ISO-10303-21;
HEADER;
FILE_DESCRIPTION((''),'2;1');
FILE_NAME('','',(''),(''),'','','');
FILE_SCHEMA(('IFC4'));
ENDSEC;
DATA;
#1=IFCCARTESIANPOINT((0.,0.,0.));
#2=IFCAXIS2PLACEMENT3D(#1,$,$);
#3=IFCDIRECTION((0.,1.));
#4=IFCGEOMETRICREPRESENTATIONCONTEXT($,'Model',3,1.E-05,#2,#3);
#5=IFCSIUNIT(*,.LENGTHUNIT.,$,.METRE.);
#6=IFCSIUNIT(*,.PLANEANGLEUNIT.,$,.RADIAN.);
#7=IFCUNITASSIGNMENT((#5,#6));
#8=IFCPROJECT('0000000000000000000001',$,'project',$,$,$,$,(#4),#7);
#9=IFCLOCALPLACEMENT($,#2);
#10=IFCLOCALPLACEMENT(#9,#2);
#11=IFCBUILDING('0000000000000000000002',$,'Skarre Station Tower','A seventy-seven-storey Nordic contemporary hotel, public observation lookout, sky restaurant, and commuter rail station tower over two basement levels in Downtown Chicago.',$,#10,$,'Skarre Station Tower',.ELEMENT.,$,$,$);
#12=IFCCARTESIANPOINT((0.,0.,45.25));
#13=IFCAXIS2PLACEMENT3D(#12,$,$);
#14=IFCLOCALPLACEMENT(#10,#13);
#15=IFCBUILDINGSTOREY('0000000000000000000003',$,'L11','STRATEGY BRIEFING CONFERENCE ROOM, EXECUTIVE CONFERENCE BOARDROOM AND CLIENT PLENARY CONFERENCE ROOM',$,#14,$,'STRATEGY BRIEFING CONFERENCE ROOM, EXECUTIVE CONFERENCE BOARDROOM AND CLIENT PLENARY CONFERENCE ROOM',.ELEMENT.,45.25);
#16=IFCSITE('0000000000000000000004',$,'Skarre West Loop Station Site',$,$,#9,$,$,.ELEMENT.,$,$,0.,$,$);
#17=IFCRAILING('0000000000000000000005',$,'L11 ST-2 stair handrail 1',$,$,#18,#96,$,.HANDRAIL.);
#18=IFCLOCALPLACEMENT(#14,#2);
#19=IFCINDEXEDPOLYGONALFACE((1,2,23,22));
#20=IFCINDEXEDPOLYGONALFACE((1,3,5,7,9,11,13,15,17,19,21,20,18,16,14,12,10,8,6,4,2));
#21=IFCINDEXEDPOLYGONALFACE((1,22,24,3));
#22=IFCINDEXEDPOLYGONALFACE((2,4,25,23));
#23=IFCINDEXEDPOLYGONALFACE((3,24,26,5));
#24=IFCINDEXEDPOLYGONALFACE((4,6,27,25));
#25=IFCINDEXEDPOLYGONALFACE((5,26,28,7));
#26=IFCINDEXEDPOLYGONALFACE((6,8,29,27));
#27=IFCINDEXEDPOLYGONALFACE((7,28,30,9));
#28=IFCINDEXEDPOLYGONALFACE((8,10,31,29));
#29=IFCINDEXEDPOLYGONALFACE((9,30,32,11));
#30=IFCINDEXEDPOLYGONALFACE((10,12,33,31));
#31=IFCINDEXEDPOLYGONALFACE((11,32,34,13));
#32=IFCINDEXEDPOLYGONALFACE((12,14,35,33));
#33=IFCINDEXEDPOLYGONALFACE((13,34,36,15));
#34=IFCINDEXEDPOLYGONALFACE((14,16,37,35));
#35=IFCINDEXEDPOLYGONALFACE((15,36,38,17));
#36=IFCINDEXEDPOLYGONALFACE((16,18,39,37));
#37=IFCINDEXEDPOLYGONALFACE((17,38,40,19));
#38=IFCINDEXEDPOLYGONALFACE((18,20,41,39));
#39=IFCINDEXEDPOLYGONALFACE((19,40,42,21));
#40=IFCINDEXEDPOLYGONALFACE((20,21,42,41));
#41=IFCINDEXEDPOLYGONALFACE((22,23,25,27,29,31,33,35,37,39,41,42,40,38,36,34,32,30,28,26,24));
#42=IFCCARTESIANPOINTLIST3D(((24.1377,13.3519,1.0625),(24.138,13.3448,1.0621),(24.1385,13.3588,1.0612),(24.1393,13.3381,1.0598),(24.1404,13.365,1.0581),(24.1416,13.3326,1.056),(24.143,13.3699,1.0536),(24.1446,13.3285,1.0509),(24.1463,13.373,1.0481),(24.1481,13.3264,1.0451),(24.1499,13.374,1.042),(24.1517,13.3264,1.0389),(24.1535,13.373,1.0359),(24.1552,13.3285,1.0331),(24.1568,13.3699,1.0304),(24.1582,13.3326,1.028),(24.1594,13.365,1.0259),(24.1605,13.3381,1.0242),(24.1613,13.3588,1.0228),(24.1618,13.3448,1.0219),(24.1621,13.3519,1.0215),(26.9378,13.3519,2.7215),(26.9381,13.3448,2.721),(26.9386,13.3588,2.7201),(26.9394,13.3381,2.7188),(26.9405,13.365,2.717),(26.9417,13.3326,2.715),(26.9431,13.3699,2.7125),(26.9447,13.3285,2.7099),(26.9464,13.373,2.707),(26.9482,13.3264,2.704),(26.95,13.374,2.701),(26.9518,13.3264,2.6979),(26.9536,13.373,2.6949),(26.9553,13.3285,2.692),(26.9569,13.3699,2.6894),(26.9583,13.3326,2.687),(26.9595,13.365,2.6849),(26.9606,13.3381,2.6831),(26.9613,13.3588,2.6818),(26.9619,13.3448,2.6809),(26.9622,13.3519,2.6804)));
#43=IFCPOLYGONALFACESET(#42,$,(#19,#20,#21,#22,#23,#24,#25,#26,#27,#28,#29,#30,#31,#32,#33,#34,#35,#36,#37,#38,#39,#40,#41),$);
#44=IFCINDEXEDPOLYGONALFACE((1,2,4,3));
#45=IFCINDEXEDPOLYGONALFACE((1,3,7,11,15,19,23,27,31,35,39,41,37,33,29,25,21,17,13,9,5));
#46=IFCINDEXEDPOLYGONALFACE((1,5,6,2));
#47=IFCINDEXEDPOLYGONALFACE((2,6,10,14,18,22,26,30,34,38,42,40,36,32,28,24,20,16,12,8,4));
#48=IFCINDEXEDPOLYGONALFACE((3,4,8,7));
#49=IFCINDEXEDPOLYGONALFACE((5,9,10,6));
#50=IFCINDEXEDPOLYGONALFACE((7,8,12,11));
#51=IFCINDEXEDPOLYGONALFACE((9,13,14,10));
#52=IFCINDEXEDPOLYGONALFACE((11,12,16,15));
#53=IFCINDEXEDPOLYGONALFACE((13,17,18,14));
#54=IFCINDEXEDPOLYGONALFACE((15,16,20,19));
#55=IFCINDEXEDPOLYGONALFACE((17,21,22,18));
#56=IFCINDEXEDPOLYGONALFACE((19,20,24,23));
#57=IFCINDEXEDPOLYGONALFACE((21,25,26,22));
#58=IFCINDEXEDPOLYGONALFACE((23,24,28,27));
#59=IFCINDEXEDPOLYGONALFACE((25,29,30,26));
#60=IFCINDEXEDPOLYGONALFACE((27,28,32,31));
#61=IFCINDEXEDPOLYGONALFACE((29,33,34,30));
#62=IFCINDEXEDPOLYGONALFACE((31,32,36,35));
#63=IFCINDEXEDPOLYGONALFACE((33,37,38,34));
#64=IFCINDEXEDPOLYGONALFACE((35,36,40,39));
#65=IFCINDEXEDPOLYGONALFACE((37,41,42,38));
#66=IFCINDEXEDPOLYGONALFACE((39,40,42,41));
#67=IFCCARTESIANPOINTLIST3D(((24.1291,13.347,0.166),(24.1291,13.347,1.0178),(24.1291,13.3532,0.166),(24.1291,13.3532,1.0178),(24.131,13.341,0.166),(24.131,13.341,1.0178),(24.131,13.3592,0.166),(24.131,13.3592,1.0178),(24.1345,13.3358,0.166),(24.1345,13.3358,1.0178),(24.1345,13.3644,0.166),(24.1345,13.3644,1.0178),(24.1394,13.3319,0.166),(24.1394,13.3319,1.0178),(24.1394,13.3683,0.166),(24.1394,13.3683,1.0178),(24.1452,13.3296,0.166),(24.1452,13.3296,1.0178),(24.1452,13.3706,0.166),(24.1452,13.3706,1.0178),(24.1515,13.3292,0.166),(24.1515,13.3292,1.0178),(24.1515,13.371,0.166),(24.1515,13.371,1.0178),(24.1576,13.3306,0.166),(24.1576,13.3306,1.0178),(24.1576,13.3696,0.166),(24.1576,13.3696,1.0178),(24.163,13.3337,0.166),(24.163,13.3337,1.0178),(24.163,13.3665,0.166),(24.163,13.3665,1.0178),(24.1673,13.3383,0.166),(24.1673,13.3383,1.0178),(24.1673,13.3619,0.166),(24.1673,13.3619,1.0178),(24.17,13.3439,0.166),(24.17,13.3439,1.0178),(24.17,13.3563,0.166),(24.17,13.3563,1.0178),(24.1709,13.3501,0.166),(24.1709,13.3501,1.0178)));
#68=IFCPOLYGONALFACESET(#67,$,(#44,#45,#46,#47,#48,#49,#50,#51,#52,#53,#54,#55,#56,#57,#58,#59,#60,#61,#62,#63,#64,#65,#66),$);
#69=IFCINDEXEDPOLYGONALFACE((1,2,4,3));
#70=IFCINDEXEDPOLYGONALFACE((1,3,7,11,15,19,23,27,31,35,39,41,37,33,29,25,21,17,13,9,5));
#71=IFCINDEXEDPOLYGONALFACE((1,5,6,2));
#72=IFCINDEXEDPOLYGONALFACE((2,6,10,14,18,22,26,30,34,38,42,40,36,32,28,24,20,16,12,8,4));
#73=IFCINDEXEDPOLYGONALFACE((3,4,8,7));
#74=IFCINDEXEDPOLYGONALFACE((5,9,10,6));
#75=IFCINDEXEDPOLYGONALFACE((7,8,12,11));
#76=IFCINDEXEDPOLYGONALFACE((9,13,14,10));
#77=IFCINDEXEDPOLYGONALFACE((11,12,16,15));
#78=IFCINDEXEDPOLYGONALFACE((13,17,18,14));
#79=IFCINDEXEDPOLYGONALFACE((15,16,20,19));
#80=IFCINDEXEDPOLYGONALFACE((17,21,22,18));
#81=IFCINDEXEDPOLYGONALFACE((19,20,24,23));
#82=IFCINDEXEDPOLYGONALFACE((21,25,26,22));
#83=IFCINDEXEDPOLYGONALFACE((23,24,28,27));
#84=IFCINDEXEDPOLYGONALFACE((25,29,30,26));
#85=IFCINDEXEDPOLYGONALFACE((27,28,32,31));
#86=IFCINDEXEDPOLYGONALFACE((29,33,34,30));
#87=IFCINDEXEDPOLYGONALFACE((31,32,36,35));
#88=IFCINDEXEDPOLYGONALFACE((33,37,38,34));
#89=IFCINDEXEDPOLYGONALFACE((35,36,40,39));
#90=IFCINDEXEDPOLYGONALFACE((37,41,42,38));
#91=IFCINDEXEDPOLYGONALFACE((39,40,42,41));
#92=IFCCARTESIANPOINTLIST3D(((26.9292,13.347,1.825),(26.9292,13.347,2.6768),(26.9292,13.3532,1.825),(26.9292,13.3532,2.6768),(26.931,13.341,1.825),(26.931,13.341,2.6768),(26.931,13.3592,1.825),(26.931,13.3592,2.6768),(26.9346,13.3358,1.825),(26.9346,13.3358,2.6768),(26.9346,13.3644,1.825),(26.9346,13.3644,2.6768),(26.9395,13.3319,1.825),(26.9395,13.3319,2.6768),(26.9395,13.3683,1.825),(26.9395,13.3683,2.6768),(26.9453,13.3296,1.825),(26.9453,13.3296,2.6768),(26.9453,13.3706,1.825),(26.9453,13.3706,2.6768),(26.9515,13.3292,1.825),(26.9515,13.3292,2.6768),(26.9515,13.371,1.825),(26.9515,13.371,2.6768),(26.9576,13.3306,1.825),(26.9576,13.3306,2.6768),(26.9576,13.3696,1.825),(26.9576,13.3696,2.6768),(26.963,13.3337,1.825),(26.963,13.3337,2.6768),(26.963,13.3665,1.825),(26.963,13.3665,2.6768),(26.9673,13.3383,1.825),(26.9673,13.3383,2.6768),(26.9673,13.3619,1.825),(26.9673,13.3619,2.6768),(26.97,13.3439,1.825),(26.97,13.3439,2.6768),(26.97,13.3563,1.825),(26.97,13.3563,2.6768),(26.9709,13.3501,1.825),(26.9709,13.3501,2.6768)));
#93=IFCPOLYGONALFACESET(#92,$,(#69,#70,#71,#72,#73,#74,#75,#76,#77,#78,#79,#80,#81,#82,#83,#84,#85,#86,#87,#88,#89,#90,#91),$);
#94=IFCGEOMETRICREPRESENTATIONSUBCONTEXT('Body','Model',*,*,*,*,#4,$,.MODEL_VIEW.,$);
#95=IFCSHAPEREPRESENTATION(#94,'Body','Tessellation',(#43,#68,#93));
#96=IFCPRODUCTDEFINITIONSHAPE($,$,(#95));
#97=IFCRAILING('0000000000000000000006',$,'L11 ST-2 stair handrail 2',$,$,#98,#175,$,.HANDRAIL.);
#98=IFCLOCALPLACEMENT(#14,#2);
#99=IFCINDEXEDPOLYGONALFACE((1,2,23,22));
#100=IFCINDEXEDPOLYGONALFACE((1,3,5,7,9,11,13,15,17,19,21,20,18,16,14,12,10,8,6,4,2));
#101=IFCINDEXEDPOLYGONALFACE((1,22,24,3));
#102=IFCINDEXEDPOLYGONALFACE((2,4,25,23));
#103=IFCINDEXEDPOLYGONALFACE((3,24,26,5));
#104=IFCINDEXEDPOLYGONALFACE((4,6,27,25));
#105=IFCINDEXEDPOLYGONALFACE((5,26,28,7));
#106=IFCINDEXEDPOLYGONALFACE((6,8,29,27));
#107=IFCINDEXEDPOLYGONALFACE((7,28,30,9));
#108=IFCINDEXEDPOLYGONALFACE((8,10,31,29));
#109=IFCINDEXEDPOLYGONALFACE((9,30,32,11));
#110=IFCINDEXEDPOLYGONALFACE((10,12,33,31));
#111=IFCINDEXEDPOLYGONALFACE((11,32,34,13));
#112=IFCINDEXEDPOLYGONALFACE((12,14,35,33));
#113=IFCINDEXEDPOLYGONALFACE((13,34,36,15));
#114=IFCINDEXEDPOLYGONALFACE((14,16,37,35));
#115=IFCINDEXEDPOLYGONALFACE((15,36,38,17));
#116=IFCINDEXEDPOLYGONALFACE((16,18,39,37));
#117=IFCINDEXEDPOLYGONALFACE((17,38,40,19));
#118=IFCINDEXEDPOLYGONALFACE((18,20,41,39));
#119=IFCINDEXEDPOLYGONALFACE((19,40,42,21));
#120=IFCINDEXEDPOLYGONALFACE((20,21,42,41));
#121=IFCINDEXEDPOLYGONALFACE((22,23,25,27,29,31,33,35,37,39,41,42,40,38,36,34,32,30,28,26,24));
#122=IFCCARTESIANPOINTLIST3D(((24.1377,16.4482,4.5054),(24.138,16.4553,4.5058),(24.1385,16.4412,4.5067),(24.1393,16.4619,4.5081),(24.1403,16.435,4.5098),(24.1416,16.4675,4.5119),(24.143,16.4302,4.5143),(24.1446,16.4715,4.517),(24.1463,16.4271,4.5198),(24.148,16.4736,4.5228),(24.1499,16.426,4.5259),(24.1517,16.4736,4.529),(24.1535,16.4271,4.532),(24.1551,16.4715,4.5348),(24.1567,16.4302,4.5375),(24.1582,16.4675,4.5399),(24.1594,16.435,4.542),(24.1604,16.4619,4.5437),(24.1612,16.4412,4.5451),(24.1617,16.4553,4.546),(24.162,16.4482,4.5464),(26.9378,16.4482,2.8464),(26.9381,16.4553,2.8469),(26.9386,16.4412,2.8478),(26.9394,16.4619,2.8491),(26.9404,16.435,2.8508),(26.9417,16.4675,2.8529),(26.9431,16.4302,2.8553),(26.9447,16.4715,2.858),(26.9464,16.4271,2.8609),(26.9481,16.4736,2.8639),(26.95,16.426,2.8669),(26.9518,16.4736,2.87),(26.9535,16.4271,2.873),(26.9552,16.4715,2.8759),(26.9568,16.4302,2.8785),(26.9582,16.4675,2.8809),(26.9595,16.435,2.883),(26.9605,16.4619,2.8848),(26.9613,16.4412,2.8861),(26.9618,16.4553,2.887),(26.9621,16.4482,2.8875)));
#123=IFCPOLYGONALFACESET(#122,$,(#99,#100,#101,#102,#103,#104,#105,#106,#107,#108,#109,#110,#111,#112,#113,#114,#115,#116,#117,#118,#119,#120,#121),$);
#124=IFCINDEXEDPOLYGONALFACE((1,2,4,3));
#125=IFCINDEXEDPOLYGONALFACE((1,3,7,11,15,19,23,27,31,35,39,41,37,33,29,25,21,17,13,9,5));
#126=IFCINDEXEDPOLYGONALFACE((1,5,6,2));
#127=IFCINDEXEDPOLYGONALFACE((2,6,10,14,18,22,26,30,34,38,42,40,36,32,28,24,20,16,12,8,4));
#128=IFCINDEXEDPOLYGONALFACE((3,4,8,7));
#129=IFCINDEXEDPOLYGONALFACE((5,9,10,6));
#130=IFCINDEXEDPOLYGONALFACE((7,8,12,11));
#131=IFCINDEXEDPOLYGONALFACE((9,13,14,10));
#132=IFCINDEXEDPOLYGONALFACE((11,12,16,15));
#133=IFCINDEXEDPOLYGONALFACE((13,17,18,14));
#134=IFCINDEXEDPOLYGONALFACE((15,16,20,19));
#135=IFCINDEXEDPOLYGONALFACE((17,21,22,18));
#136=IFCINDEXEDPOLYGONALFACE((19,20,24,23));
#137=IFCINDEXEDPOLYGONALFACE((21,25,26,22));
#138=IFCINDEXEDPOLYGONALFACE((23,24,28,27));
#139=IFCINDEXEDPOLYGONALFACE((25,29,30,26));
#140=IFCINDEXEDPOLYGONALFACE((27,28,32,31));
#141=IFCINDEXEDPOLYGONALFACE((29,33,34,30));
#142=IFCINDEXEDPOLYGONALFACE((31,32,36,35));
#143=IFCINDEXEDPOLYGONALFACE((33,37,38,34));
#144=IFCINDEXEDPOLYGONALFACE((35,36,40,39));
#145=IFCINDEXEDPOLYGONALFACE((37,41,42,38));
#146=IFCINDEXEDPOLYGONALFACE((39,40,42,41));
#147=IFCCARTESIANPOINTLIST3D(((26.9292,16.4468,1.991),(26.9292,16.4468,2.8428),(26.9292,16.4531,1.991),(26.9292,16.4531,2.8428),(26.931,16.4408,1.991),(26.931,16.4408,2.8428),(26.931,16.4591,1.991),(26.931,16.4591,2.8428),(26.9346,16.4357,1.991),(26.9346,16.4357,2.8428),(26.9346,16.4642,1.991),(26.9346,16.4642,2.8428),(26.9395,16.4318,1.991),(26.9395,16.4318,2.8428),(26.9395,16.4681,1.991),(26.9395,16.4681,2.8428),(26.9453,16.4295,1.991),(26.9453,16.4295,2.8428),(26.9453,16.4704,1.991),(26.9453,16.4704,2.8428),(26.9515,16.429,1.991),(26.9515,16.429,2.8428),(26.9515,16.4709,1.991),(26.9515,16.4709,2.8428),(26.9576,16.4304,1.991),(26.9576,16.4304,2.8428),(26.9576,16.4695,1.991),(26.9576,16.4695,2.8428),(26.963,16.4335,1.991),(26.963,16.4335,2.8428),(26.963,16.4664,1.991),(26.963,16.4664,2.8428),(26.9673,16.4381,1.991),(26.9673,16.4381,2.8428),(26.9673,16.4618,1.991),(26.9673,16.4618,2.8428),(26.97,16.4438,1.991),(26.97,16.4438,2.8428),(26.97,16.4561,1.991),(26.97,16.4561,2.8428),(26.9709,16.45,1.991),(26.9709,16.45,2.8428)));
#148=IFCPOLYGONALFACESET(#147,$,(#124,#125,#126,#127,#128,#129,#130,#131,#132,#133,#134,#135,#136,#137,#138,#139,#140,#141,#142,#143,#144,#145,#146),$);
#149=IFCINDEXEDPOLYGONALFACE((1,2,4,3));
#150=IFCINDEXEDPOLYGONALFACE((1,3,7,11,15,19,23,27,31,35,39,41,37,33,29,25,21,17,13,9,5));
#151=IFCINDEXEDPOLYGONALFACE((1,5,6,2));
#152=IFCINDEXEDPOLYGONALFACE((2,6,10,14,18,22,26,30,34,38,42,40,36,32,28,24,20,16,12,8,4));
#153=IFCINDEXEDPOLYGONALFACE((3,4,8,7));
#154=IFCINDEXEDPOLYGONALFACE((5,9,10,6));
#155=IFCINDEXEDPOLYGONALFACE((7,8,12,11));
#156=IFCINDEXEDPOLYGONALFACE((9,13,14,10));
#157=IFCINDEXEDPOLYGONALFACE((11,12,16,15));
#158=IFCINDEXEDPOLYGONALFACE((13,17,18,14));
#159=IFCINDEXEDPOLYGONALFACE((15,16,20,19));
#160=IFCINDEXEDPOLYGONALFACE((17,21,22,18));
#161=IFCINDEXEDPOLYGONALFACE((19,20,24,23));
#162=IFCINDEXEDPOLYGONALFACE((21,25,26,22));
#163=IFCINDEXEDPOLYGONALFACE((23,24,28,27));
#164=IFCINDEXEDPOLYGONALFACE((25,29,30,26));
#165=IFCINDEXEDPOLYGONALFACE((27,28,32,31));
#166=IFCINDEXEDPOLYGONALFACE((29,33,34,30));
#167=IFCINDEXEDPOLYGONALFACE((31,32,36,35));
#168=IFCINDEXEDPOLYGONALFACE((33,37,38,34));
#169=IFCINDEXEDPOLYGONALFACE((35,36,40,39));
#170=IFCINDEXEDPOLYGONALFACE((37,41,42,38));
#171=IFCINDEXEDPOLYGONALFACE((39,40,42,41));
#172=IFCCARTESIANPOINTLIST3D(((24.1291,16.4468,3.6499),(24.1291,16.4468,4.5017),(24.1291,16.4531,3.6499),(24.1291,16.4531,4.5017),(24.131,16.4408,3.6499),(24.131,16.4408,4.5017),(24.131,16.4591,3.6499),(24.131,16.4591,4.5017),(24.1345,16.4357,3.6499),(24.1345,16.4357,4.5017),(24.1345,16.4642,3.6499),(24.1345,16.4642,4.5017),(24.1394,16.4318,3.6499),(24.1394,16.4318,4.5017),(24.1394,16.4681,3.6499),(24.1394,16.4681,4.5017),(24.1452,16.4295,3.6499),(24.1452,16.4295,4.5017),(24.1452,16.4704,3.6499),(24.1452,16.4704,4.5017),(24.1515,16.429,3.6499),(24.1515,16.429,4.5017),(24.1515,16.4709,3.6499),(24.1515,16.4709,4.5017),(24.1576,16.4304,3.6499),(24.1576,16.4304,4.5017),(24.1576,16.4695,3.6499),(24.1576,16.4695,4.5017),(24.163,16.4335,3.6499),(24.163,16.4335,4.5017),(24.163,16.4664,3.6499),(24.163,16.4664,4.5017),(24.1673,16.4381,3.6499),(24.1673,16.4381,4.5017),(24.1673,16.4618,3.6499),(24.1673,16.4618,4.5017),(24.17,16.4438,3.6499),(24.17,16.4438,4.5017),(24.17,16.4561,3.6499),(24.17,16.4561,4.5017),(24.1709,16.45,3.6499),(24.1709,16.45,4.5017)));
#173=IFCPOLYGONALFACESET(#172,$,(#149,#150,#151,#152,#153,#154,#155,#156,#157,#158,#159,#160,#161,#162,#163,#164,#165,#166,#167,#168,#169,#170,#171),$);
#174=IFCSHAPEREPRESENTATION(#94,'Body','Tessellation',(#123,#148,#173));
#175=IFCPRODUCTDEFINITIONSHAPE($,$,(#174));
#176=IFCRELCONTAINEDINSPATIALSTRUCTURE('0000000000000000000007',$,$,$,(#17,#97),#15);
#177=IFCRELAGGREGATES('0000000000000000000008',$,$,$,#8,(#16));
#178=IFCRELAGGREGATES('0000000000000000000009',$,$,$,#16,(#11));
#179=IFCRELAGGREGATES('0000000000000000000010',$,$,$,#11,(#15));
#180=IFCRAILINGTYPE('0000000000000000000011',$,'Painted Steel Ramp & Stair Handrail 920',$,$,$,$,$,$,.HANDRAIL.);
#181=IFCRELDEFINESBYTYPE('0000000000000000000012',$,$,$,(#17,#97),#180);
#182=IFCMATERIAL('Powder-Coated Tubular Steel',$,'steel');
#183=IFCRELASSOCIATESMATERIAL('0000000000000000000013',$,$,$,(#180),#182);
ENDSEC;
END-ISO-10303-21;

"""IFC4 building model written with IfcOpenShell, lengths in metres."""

from ifc_helpers import new_model, si_unit, direction, frame, origin, origin_2d, place, context, subcontext, project, spatial, circle, extrude, material, type_object, element, save


model = new_model("IFC4")

# Units and contexts
model_context = context("Model", 3, precision=1e-05, world=origin(), true_north=direction((0.0, 1.0)))
body_context = subcontext(model_context, "Body", "Model", "MODEL_VIEW")
ifc_project = project(units=[si_unit("LENGTHUNIT", "METRE"), si_unit("PLANEANGLEUNIT", "RADIAN")], contexts=[model_context])

# Site, building, storey
site_placement = place(None, origin())
site = spatial("IfcSite", under=ifc_project, at=site_placement, Name="Skarre West Loop Station Site", CompositionType="ELEMENT", RefElevation=0.0)
building_placement = place(site_placement, origin())
building = spatial("IfcBuilding", under=site, at=building_placement, Name="Skarre Station Tower", Description="A seventy-seven-storey Nordic contemporary hotel, public observation lookout, sky restaurant, and commuter rail station tower over two basement levels in Downtown Chicago.", LongName="Skarre Station Tower", CompositionType="ELEMENT")
storey_placement = place(building_placement, frame((0.0, 0.0, 45.25)))
storey = spatial("IfcBuildingStorey", under=building, at=storey_placement, Name="L11", Description="STRATEGY BRIEFING CONFERENCE ROOM, EXECUTIVE CONFERENCE BOARDROOM AND CLIENT PLENARY CONFERENCE ROOM", LongName="STRATEGY BRIEFING CONFERENCE ROOM, EXECUTIVE CONFERENCE BOARDROOM AND CLIENT PLENARY CONFERENCE ROOM", CompositionType="ELEMENT", Elevation=45.25)

# Railings
ifc_material_1 = material(Name="Powder-Coated Tubular Steel", Category="steel")
railing_type_1 = type_object("IfcRailingType", Name="Painted Steel Ramp & Stair Handrail 920", PredefinedType="HANDRAIL", material=ifc_material_1)
railing_1_placement = place(storey_placement, frame((24.1499, 13.3501, 0.166)))
element("IfcRailing", 1, at=railing_1_placement, inside=storey, type_object=railing_type_1, Name="L11 ST-2 stair handrail 1", PredefinedType="HANDRAIL", context=body_context, shape_type="SweptSolid", body=[
    extrude(circle(Radius=0.0239, at=origin_2d()), frame((0.0, 0.0, 0.876), z_axis=(0.860339, 0.0, 0.509722), x_axis=(0.0, 1.0, 0.0)), (0.0, 0.0, 1.0), 3.2546),
    extrude(circle(Radius=0.021, at=origin_2d()), origin(), (0.0, 0.0, 1.0), 0.8518),
    extrude(circle(Radius=0.021, at=origin_2d()), frame((2.8, 0.0, 1.6589)), (0.0, 0.0, 1.0), 0.8518),
])
railing_2_placement = place(storey_placement, frame((26.95, 16.45, 1.991)))
element("IfcRailing", 2, at=railing_2_placement, inside=storey, type_object=railing_type_1, Name="L11 ST-2 stair handrail 2", PredefinedType="HANDRAIL", context=body_context, shape_type="SweptSolid", body=[
    extrude(circle(Radius=0.0239, at=origin_2d()), frame((0.0, 0.0, 0.876), z_axis=(-0.860339, 0.0, 0.509722), x_axis=(0.0, -1.0, 0.0)), (0.0, 0.0, 1.0), 3.2546),
    extrude(circle(Radius=0.021, at=origin_2d()), origin(), (0.0, 0.0, 1.0), 0.8518),
    extrude(circle(Radius=0.021, at=origin_2d()), frame((-2.8, 0.0, 1.6589)), (0.0, 0.0, 1.0), 0.8518),
])

save(model, "model.ifc")
